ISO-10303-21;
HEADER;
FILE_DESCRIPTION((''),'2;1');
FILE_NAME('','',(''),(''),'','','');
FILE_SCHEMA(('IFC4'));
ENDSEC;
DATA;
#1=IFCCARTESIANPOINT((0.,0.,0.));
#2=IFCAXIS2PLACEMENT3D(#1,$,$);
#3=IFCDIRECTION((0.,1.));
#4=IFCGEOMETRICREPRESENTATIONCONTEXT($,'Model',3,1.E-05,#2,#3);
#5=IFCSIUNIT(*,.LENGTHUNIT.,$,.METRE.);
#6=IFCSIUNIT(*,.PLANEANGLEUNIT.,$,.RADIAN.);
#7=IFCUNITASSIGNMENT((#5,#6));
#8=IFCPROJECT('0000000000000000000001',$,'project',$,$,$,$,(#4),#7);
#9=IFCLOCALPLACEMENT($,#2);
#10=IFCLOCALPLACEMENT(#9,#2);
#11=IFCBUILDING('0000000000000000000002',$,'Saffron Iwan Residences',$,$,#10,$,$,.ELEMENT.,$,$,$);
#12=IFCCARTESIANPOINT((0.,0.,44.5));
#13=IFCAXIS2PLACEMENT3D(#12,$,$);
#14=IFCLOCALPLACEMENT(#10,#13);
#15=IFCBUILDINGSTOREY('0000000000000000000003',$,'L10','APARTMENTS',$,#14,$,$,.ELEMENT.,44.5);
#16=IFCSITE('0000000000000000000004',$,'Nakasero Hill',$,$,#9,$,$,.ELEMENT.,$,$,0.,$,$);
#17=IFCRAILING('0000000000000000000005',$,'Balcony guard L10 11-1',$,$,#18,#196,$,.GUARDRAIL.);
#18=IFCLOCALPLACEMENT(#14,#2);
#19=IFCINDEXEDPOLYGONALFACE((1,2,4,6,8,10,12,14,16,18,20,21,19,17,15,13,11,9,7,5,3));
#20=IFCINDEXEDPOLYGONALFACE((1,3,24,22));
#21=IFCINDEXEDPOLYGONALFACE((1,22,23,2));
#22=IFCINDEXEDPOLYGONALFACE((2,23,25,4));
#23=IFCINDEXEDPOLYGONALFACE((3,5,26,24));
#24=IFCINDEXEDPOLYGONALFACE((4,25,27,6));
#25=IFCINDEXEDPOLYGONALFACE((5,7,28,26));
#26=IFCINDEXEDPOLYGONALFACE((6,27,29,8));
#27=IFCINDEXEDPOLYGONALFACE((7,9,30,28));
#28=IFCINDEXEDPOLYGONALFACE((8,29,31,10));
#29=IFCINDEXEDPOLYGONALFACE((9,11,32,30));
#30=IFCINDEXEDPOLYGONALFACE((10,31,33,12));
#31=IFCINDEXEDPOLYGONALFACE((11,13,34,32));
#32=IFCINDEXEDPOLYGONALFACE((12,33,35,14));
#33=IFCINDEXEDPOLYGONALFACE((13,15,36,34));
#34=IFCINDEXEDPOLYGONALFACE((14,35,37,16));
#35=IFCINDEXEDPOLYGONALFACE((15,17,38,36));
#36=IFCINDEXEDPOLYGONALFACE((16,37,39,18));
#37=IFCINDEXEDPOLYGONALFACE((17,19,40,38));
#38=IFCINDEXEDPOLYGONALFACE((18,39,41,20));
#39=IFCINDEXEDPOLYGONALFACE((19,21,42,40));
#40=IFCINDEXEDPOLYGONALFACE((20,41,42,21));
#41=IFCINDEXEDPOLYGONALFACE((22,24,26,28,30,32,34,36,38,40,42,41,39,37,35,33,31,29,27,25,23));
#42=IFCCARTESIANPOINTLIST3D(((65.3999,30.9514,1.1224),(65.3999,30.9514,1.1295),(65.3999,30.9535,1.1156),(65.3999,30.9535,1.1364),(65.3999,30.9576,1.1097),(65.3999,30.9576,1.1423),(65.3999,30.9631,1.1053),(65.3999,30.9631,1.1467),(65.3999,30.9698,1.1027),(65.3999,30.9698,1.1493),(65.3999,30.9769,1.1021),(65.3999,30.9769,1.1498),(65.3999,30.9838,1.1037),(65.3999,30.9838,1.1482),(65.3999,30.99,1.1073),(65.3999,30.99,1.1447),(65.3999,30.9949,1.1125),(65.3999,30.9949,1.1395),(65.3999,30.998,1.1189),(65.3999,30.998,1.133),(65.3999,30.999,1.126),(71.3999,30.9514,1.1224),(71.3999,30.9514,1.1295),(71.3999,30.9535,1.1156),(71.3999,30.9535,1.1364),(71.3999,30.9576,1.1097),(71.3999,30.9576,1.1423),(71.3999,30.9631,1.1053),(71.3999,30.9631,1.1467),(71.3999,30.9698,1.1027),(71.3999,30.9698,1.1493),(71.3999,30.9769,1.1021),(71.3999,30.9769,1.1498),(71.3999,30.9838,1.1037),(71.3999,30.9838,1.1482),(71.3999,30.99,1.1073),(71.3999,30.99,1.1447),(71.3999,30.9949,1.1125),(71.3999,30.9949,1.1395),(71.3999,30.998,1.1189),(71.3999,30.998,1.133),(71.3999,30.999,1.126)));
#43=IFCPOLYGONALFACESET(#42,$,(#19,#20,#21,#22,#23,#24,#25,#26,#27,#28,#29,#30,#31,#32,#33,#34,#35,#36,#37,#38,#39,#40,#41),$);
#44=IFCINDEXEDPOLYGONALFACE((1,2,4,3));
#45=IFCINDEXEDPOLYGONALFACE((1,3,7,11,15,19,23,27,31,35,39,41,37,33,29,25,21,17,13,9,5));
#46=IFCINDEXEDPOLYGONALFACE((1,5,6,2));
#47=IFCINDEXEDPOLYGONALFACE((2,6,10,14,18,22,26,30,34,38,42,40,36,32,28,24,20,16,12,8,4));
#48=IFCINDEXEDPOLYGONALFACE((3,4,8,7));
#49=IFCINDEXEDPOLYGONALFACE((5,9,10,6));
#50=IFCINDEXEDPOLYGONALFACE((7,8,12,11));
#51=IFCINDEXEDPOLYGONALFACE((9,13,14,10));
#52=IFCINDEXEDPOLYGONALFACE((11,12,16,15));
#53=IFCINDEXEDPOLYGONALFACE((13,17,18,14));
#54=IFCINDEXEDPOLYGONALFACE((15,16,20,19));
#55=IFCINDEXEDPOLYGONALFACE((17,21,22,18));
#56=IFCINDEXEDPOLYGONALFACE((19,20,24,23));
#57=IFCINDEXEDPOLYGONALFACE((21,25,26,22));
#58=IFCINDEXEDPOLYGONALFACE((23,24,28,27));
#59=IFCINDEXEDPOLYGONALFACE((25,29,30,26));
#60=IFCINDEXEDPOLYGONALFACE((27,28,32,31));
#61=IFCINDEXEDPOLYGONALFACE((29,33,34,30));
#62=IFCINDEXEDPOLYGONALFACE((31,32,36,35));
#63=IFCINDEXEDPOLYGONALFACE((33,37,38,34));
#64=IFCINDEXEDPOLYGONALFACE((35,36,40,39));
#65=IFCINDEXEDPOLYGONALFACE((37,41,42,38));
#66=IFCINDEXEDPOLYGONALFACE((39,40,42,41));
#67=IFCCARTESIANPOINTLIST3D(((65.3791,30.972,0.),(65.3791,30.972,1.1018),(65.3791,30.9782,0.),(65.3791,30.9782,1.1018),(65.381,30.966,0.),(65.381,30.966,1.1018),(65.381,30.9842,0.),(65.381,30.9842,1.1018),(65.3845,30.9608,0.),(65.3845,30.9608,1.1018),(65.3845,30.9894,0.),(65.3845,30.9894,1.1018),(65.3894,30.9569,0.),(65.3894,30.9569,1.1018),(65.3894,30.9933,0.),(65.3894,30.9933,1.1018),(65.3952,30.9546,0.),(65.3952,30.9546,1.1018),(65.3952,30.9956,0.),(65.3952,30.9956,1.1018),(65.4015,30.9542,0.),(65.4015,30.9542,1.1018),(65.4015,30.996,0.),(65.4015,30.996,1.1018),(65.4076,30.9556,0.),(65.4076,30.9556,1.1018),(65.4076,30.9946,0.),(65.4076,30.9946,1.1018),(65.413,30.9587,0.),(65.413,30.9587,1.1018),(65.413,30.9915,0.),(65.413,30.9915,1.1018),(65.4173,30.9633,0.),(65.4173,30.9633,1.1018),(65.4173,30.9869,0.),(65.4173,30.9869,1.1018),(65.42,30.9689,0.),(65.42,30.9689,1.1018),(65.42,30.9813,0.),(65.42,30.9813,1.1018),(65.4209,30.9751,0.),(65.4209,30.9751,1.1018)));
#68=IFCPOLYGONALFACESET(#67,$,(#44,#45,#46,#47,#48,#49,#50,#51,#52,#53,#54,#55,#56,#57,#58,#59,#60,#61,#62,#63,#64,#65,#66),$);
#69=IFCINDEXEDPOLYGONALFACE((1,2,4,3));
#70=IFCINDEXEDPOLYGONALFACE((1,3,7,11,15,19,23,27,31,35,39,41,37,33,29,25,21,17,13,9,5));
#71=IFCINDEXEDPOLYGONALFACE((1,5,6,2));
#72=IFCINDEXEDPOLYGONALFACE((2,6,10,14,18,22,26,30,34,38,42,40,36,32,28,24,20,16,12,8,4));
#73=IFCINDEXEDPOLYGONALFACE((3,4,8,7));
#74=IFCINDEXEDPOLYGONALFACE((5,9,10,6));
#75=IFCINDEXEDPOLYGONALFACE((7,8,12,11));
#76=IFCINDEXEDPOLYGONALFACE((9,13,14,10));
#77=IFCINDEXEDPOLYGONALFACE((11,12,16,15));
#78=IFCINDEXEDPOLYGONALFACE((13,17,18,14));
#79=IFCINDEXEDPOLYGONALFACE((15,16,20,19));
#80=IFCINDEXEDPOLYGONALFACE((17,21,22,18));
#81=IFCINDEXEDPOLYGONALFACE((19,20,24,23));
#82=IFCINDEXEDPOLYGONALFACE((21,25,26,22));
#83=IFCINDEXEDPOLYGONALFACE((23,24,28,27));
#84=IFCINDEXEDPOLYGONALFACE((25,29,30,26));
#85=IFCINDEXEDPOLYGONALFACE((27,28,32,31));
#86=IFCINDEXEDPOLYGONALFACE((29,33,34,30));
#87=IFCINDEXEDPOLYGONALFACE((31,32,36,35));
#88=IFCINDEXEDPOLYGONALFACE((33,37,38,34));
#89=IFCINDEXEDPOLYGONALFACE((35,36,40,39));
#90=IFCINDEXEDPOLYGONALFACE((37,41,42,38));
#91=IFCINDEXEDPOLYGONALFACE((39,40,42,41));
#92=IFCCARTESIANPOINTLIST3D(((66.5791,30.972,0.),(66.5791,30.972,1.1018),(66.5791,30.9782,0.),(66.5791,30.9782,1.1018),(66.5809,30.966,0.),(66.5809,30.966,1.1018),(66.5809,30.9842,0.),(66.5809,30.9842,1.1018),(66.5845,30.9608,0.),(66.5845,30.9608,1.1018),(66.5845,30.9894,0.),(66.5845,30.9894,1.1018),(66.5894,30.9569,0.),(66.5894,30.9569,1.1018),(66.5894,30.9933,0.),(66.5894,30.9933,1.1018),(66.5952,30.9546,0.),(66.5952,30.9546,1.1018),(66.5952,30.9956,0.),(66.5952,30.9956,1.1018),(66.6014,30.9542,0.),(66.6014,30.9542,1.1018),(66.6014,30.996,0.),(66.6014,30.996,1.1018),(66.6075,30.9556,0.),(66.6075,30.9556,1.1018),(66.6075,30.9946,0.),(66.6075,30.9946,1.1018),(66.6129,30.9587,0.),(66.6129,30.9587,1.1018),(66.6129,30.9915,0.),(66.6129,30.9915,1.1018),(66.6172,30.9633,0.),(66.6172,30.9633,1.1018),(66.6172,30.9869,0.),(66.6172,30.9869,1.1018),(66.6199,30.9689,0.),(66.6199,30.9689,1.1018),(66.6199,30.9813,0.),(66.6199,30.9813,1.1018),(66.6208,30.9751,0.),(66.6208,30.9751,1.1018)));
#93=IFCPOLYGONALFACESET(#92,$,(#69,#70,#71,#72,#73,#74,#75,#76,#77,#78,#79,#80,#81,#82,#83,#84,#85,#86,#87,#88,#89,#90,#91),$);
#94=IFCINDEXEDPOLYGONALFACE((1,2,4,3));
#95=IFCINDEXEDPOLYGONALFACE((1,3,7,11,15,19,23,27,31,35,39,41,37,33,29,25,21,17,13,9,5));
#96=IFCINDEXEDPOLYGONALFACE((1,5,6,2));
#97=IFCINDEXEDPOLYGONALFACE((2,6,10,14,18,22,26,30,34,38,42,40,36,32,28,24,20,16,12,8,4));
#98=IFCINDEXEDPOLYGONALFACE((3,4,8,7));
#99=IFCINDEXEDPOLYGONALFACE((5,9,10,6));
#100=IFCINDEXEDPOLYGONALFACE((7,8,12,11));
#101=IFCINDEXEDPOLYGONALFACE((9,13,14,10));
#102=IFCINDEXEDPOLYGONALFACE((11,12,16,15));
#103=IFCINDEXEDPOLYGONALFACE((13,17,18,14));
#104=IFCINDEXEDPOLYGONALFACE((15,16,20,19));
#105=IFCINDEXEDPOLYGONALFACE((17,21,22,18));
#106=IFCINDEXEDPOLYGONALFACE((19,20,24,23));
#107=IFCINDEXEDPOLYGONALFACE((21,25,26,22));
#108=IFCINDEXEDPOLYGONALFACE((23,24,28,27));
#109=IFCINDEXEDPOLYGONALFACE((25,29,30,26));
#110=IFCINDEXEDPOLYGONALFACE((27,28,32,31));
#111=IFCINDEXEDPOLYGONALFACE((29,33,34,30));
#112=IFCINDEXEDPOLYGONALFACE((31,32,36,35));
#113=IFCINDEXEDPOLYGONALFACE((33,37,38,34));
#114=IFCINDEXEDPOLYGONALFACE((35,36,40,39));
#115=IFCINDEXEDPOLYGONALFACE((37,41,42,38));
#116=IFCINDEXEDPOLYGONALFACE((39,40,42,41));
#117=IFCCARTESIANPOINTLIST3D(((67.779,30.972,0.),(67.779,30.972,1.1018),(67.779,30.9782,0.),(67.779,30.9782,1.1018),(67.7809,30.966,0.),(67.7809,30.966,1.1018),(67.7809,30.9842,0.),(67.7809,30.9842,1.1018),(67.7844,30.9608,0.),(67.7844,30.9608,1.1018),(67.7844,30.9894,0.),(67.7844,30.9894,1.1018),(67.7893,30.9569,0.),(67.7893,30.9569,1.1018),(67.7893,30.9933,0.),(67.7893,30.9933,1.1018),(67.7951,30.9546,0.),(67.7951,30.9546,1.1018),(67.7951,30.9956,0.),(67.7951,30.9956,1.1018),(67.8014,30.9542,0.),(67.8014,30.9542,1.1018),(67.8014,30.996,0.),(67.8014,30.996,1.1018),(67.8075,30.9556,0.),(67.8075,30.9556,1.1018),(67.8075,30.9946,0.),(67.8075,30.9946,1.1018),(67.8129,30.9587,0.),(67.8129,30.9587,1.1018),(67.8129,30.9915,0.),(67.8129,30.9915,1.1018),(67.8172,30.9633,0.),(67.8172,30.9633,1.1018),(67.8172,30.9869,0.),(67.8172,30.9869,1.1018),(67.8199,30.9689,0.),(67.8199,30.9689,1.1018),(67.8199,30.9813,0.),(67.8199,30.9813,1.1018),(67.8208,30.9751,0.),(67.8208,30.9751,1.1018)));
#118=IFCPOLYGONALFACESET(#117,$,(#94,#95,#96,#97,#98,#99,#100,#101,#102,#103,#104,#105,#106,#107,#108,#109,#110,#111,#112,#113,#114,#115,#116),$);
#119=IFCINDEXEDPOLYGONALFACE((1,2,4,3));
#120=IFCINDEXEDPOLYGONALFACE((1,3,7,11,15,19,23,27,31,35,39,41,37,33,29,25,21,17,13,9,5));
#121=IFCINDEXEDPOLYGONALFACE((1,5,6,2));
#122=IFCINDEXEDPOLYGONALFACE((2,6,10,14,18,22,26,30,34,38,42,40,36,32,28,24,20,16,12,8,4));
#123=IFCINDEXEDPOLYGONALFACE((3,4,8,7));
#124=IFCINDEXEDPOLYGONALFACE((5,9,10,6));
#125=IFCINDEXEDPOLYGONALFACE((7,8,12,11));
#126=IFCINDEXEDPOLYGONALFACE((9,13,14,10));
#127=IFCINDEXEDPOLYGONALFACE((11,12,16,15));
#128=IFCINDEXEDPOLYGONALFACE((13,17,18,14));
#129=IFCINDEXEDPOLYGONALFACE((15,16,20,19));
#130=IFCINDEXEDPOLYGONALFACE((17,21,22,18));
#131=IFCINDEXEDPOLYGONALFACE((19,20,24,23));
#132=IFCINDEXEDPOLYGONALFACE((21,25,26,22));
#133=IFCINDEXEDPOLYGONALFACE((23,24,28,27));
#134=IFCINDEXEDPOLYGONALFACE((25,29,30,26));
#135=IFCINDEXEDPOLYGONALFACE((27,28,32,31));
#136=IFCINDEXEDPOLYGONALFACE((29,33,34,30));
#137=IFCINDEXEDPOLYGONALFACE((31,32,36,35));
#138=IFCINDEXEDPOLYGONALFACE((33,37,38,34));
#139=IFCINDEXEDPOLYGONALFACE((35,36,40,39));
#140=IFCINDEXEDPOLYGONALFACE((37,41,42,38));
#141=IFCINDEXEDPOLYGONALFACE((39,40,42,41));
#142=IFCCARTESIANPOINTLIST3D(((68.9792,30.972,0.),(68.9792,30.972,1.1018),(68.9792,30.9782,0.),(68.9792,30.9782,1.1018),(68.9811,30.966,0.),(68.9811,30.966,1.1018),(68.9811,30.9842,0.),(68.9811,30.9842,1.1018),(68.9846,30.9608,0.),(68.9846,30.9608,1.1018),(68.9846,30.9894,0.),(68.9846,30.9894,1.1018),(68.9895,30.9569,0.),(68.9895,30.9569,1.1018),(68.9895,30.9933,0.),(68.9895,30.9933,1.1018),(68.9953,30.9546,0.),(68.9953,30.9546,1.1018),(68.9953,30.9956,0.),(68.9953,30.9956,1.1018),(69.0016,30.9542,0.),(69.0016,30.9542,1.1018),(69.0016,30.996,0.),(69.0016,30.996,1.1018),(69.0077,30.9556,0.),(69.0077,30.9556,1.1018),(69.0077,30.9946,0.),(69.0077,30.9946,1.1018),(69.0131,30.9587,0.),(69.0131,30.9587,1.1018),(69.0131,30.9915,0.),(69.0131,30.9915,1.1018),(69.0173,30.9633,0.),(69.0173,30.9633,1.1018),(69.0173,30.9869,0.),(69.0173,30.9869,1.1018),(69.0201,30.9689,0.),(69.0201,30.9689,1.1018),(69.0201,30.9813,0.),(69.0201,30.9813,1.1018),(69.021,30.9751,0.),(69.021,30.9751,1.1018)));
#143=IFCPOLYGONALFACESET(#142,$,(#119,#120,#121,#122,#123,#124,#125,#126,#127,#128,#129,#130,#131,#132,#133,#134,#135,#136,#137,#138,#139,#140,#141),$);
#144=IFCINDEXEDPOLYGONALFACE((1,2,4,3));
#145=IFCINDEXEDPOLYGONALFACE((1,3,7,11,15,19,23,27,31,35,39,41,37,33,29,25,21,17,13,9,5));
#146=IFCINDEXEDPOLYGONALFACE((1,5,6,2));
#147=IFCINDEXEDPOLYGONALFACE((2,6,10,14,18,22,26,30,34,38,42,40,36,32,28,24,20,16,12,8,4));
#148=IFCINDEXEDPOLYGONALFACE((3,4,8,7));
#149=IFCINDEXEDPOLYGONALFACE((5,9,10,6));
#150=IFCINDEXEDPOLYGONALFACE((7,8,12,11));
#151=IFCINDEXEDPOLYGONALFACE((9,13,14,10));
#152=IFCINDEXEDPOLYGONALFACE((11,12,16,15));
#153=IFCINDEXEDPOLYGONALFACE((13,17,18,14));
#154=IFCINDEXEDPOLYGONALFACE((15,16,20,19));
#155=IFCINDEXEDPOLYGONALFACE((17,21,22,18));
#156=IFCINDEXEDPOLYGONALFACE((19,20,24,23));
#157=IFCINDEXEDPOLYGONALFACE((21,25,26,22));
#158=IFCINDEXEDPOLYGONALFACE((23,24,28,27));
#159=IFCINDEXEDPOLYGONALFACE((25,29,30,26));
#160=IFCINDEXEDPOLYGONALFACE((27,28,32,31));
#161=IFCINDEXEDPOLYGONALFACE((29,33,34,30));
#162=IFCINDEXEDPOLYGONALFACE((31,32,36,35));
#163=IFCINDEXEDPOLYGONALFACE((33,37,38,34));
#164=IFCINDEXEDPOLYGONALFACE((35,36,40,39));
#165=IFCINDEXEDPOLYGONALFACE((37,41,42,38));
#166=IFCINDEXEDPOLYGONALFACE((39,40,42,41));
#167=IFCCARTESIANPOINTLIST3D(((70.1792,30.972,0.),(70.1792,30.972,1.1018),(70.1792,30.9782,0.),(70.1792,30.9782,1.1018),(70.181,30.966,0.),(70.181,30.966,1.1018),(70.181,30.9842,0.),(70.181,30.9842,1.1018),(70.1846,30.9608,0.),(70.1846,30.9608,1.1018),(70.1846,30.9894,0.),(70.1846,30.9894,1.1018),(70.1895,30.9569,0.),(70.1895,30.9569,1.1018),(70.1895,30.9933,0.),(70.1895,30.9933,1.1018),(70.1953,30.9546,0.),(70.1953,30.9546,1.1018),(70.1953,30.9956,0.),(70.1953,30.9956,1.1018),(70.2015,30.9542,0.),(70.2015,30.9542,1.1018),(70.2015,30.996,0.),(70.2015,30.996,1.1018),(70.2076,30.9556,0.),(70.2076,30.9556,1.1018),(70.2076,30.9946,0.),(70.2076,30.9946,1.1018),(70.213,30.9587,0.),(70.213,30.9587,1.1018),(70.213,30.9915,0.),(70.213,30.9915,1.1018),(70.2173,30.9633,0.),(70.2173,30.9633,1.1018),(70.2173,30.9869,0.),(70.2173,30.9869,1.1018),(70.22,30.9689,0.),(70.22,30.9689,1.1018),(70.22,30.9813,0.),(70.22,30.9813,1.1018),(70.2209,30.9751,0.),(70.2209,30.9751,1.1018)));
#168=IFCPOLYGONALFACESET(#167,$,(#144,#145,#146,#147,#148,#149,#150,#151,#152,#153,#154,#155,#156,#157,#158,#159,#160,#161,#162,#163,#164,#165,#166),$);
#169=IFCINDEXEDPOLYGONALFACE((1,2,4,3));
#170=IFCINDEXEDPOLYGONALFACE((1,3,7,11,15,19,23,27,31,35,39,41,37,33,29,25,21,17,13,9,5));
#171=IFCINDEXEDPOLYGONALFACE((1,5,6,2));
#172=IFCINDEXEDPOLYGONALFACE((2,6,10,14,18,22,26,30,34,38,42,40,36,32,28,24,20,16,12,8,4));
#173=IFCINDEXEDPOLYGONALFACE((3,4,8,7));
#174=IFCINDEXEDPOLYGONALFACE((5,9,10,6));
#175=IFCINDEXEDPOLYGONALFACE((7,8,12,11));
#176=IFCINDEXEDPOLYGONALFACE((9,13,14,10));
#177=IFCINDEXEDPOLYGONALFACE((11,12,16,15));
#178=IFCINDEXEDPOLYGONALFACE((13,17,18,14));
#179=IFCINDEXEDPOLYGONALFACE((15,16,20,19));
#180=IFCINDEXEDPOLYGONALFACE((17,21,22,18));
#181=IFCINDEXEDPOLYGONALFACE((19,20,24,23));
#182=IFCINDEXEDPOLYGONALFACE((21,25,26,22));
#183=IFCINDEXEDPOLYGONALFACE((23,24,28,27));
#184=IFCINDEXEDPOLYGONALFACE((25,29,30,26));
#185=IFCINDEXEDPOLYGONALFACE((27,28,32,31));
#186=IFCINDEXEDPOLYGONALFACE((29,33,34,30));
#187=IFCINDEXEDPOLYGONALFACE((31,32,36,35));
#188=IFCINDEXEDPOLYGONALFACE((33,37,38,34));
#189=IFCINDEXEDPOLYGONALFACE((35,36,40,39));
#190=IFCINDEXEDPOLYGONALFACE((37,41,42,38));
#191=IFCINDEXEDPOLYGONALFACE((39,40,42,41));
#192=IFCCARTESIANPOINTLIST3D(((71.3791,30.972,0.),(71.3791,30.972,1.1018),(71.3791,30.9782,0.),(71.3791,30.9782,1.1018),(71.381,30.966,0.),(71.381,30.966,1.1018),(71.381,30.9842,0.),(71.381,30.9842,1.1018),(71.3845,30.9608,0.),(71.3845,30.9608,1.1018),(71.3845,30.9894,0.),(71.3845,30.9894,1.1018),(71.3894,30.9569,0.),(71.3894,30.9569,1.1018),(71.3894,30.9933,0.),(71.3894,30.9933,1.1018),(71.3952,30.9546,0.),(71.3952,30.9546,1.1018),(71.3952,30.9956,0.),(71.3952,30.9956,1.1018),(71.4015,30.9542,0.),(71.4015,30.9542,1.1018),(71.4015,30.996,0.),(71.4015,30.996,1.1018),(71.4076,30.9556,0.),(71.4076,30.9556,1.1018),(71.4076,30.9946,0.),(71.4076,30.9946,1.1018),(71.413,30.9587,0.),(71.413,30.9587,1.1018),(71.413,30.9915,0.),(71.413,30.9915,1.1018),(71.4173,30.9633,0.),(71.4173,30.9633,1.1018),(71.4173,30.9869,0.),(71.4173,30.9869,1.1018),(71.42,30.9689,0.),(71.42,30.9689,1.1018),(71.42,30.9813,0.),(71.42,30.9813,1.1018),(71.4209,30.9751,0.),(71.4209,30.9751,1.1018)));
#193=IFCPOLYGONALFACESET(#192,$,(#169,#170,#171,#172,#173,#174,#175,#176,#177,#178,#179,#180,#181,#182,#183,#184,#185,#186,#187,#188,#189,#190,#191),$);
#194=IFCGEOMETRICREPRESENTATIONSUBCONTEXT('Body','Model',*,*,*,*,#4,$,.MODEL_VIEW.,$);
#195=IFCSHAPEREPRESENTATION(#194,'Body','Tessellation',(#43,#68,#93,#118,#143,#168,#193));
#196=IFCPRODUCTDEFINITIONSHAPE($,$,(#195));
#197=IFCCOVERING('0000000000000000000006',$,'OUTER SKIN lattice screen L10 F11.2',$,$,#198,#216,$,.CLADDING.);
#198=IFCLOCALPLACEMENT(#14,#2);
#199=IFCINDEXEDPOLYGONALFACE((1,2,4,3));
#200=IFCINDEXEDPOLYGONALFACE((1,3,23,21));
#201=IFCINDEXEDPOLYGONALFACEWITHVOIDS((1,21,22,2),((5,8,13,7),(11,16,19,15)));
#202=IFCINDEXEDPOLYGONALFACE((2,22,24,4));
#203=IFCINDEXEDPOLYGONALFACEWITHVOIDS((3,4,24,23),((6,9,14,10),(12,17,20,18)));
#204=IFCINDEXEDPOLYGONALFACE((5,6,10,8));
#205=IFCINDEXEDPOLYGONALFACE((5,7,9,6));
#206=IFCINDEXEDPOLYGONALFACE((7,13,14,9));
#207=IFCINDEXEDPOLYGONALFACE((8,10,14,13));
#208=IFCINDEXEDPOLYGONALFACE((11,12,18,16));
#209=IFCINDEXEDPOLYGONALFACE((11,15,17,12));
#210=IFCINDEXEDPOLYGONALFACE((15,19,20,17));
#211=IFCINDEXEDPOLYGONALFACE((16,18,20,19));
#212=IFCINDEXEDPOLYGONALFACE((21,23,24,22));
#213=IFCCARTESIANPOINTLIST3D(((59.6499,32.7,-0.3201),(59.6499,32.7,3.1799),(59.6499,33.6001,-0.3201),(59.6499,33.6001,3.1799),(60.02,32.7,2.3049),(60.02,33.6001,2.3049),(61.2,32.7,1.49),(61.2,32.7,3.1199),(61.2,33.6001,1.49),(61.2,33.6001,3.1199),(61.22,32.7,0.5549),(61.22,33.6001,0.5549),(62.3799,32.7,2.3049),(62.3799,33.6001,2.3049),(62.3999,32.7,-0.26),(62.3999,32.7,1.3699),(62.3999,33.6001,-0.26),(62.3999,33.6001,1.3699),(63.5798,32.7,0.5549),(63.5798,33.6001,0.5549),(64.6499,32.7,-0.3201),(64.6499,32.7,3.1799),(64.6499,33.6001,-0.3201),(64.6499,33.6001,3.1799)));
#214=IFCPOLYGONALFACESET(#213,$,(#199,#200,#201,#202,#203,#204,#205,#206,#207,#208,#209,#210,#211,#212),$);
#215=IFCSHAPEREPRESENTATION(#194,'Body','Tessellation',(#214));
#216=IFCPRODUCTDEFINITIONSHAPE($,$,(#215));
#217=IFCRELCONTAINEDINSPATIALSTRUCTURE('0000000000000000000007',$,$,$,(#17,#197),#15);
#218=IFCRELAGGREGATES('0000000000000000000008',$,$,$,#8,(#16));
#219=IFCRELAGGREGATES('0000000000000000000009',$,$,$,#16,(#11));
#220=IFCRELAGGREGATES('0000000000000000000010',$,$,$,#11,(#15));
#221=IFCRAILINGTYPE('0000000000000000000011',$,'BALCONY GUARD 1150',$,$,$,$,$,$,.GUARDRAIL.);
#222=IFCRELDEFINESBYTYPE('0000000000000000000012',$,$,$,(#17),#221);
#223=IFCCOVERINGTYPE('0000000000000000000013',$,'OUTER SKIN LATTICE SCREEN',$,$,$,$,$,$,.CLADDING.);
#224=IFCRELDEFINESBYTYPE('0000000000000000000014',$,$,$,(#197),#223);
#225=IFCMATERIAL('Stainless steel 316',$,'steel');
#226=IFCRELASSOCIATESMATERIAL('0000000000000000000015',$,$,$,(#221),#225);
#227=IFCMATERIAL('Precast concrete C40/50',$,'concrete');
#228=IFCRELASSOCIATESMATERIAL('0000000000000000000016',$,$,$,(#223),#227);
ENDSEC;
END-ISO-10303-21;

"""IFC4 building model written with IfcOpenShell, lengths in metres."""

from ifc_helpers import new_model, si_unit, direction, frame, origin, origin_2d, place, context, subcontext, project, spatial, polyline, circle, outline, extrude, material, type_object, element, save


model = new_model("IFC4")

# Units and contexts
model_context = context("Model", 3, precision=1e-05, world=origin(), true_north=direction((0.0, 1.0)))
body_context = subcontext(model_context, "Body", "Model", "MODEL_VIEW")
ifc_project = project(units=[si_unit("LENGTHUNIT", "METRE"), si_unit("PLANEANGLEUNIT", "RADIAN")], contexts=[model_context])

# Site, building, storey
site_placement = place(None, origin())
site = spatial("IfcSite", under=ifc_project, at=site_placement, Name="Nakasero Hill", CompositionType="ELEMENT", RefElevation=0.0)
building_placement = place(site_placement, origin())
building = spatial("IfcBuilding", under=site, at=building_placement, Name="Saffron Iwan Residences", CompositionType="ELEMENT")
storey_placement = place(building_placement, frame((0.0, 0.0, 44.5)))
storey = spatial("IfcBuildingStorey", under=building, at=storey_placement, Name="L10", Description="APARTMENTS", CompositionType="ELEMENT", Elevation=44.5)

# Railing
ifc_material_1 = material(Name="Stainless steel 316", Category="steel")
railing_type = type_object("IfcRailingType", Name="BALCONY GUARD 1150", PredefinedType="GUARDRAIL", material=ifc_material_1)
railing_placement = place(storey_placement, frame((65.3999, 30.9751, 0.0)))
element("IfcRailing", 1, at=railing_placement, inside=storey, type_object=railing_type, Name="Balcony guard L10 11-1", PredefinedType="GUARDRAIL", context=body_context, shape_type="SweptSolid", body=[
    extrude(circle(Radius=0.0239, at=origin_2d()), frame((0.0, 0.0, 1.126), z_axis=(1.0, 0.0, 0.0), x_axis=(0.0, 1.0, 0.0)), (0.0, 0.0, 1.0), 6.0),
    extrude(circle(Radius=0.021, at=origin_2d()), origin(), (0.0, 0.0, 1.0), 1.1018),
    extrude(circle(Radius=0.021, at=origin_2d()), frame((1.2, 0.0, 0.0)), (0.0, 0.0, 1.0), 1.1018),
    extrude(circle(Radius=0.021, at=origin_2d()), frame((2.3999, 0.0, 0.0)), (0.0, 0.0, 1.0), 1.1018),
    extrude(circle(Radius=0.021, at=origin_2d()), frame((3.6001, 0.0, 0.0)), (0.0, 0.0, 1.0), 1.1018),
    extrude(circle(Radius=0.021, at=origin_2d()), frame((4.8, 0.0, 0.0)), (0.0, 0.0, 1.0), 1.1018),
    extrude(circle(Radius=0.021, at=origin_2d()), frame((6.0, 0.0, 0.0)), (0.0, 0.0, 1.0), 1.1018),
])

# Covering
ifc_material_2 = material(Name="Precast concrete C40/50", Category="concrete")
covering_type = type_object("IfcCoveringType", Name="OUTER SKIN LATTICE SCREEN", PredefinedType="CLADDING", material=ifc_material_2)
covering_placement = place(storey_placement, frame((59.6499, 33.6001, -0.3201), z_axis=(0.0, -1.0, 0.0), x_axis=(1.0, 0.0, 0.0)))
element("IfcCovering", 2, at=covering_placement, inside=storey, type_object=covering_type, Name="OUTER SKIN lattice screen L10 F11.2", PredefinedType="CLADDING", context=body_context, shape_type="SweptSolid", body=[
    extrude(outline(polyline([(0.0, 0.0), (5.0, 0.0), (5.0, 3.5), (0.0, 3.5), (0.0, 0.0)]), holes=[polyline([(1.5701, 0.875), (2.75, 0.0601), (3.9299, 0.875), (2.75, 1.6899), (1.5701, 0.875)]), polyline([(0.3701, 2.625), (1.55, 1.8101), (2.73, 2.625), (1.55, 3.4399), (0.3701, 2.625)])]), origin(), (0.0, 0.0, 1.0), 0.9001),
])

save(model, "model.ifc")
